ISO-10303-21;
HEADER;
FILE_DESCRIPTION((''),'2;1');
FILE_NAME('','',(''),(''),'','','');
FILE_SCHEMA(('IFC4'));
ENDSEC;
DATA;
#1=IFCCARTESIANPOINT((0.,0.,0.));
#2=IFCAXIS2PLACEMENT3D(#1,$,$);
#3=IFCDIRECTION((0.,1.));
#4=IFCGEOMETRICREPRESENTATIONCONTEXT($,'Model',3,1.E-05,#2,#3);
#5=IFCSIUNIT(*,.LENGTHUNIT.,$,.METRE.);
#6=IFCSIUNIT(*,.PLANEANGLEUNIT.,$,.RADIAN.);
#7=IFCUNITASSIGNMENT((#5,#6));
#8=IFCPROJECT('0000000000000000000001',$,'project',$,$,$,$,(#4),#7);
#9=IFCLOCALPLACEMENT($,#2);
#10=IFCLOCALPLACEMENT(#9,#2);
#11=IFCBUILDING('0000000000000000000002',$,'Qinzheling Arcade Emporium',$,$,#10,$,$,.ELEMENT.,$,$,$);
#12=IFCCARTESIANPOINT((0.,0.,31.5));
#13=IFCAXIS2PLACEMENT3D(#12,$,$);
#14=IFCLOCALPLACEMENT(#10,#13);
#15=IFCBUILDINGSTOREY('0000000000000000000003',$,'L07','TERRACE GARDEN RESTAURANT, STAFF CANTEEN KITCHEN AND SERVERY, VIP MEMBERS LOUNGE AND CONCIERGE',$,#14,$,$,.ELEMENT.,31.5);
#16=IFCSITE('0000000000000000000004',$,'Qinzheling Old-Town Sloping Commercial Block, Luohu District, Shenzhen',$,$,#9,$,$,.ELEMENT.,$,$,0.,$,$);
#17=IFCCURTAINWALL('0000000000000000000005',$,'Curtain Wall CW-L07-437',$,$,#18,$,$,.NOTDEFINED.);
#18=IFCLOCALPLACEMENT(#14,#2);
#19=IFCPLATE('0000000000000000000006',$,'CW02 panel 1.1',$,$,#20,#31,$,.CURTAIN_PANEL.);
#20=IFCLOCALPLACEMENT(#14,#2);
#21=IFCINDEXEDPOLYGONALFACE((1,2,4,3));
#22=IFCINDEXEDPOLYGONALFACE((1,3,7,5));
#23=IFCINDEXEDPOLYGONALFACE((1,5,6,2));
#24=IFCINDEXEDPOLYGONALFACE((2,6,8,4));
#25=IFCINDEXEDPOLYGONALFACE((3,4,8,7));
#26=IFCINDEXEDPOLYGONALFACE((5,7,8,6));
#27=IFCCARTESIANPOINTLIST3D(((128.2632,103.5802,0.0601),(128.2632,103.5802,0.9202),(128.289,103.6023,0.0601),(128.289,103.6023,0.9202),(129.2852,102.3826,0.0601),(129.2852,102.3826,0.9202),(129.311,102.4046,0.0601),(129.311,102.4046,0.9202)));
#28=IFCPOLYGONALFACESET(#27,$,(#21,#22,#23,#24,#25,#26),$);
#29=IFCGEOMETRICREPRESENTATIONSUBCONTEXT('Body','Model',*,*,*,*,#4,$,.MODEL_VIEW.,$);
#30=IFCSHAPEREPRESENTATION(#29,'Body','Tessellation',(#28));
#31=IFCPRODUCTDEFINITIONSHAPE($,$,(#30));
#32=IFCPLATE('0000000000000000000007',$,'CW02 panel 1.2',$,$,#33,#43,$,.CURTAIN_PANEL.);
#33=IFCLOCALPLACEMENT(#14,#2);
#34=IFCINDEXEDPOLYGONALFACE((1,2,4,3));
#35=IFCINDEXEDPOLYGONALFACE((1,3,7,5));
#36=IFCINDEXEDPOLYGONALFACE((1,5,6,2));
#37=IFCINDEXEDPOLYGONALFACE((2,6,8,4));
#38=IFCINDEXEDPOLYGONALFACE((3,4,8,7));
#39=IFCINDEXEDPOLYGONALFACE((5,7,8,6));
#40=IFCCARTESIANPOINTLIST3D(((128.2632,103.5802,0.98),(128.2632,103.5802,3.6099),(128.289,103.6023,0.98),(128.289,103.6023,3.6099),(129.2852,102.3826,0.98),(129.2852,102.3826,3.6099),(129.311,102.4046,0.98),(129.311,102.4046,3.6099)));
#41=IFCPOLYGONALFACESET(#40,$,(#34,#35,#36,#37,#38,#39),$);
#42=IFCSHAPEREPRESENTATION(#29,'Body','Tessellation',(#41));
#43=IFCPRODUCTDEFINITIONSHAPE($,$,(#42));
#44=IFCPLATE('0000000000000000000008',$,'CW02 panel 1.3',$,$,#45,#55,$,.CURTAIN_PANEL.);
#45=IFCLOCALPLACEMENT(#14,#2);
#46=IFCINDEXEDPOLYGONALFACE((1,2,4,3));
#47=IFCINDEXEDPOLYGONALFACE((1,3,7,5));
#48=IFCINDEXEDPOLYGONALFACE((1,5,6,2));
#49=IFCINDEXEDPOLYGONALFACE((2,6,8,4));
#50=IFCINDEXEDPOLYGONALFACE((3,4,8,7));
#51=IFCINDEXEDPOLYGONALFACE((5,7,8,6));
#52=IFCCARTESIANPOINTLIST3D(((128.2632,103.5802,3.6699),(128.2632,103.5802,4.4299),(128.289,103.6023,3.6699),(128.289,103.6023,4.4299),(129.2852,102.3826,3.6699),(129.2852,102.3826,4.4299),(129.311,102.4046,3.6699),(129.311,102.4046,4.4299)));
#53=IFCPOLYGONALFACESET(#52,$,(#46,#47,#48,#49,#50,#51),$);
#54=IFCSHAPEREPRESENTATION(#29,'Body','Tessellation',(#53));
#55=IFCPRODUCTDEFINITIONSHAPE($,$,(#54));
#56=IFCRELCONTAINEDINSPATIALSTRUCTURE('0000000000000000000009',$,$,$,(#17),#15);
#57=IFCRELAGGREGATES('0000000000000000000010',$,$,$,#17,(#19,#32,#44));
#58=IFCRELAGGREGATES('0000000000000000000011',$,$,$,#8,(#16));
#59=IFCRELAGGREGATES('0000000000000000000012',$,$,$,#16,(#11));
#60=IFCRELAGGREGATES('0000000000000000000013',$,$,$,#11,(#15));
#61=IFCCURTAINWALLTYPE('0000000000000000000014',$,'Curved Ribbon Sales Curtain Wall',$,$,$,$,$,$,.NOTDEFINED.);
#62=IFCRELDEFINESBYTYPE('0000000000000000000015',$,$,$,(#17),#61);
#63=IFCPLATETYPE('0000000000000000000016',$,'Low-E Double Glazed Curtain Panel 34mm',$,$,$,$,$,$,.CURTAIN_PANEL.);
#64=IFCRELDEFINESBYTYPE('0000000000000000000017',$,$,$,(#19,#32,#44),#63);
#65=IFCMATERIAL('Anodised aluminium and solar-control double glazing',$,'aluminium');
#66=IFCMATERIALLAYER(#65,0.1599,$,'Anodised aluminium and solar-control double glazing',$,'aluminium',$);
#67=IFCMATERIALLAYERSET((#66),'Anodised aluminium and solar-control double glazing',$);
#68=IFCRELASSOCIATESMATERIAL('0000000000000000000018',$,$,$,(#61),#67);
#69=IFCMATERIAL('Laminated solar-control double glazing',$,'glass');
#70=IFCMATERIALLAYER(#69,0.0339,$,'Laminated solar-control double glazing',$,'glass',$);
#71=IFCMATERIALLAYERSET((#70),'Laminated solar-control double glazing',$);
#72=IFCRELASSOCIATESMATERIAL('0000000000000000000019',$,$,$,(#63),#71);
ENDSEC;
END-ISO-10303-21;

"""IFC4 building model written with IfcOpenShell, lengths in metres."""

from ifc_helpers import new_model, si_unit, direction, frame, origin, origin_2d, place, context, subcontext, project, spatial, rectangle, extrude, material, layer, layer_set, type_object, element, aggregate, save


model = new_model("IFC4")

# Units and contexts
model_context = context("Model", 3, precision=1e-05, world=origin(), true_north=direction((0.0, 1.0)))
body_context = subcontext(model_context, "Body", "Model", "MODEL_VIEW")
ifc_project = project(units=[si_unit("LENGTHUNIT", "METRE"), si_unit("PLANEANGLEUNIT", "RADIAN")], contexts=[model_context])

# Site, building, storey
site_placement = place(None, origin())
site = spatial("IfcSite", under=ifc_project, at=site_placement, Name="Qinzheling Old-Town Sloping Commercial Block, Luohu District, Shenzhen", CompositionType="ELEMENT", RefElevation=0.0)
building_placement = place(site_placement, origin())
building = spatial("IfcBuilding", under=site, at=building_placement, Name="Qinzheling Arcade Emporium", CompositionType="ELEMENT")
storey_placement = place(building_placement, frame((0.0, 0.0, 31.5)))
storey = spatial("IfcBuildingStorey", under=building, at=storey_placement, Name="L07", Description="TERRACE GARDEN RESTAURANT, STAFF CANTEEN KITCHEN AND SERVERY, VIP MEMBERS LOUNGE AND CONCIERGE", CompositionType="ELEMENT", Elevation=31.5)

# Shared definitions
ifc_material_1 = material(Name="Anodised aluminium and solar-control double glazing", Category="aluminium")
ifc_layer_1 = layer(ifc_material_1, 0.1599, Name="Anodised aluminium and solar-control double glazing", Category="aluminium")
ifc_layer_set_1 = layer_set([ifc_layer_1], Name="Anodised aluminium and solar-control double glazing")
curtain_wall_type = type_object("IfcCurtainWallType", Name="Curved Ribbon Sales Curtain Wall", PredefinedType="NOTDEFINED", material=ifc_layer_set_1)

# Curtain wall
curtain_wall_1_placement = place(storey_placement, origin())
curtain_wall_1 = element("IfcCurtainWall", 1, at=curtain_wall_1_placement, inside=storey, type_object=curtain_wall_type, Name="Curtain Wall CW-L07-437", PredefinedType="NOTDEFINED")

# Plates
ifc_material_2 = material(Name="Laminated solar-control double glazing", Category="glass")
ifc_layer_2 = layer(ifc_material_2, 0.0339, Name="Laminated solar-control double glazing", Category="glass")
ifc_layer_set_2 = layer_set([ifc_layer_2], Name="Laminated solar-control double glazing")
plate_type_1 = type_object("IfcPlateType", Name="Low-E Double Glazed Curtain Panel 34mm", PredefinedType="CURTAIN_PANEL", material=ifc_layer_set_2)
plate_1_placement = place(storey_placement, frame((128.7871, 102.9924, 0.0601), z_axis=(0.0, 0.0, 1.0), x_axis=(0.649137, -0.760671, 0.0)))
plate_1 = element("IfcPlate", 2, at=plate_1_placement, type_object=plate_type_1, Name="CW02 panel 1.1", PredefinedType="CURTAIN_PANEL", context=body_context, shape_type="SweptSolid", body=[
    extrude(rectangle(XDim=1.5745, YDim=0.0339, at=origin_2d()), origin(), (0.0, 0.0, 1.0), 0.8601),
])
plate_2_placement = place(storey_placement, frame((128.7871, 102.9924, 0.98), z_axis=(0.0, 0.0, 1.0), x_axis=(0.649137, -0.760671, 0.0)))
plate_2 = element("IfcPlate", 3, at=plate_2_placement, type_object=plate_type_1, Name="CW02 panel 1.2", PredefinedType="CURTAIN_PANEL", context=body_context, shape_type="SweptSolid", body=[
    extrude(rectangle(XDim=1.5745, YDim=0.0339, at=origin_2d()), origin(), (0.0, 0.0, 1.0), 2.6299),
])
plate_3_placement = place(storey_placement, frame((128.7871, 102.9924, 3.6699), z_axis=(0.0, 0.0, 1.0), x_axis=(0.649137, -0.760671, 0.0)))
plate_3 = element("IfcPlate", 4, at=plate_3_placement, type_object=plate_type_1, Name="CW02 panel 1.3", PredefinedType="CURTAIN_PANEL", context=body_context, shape_type="SweptSolid", body=[
    extrude(rectangle(XDim=1.5745, YDim=0.0339, at=origin_2d()), origin(), (0.0, 0.0, 1.0), 0.76),
])
aggregate(curtain_wall_1, [plate_1, plate_2, plate_3])

save(model, "model.ifc")
